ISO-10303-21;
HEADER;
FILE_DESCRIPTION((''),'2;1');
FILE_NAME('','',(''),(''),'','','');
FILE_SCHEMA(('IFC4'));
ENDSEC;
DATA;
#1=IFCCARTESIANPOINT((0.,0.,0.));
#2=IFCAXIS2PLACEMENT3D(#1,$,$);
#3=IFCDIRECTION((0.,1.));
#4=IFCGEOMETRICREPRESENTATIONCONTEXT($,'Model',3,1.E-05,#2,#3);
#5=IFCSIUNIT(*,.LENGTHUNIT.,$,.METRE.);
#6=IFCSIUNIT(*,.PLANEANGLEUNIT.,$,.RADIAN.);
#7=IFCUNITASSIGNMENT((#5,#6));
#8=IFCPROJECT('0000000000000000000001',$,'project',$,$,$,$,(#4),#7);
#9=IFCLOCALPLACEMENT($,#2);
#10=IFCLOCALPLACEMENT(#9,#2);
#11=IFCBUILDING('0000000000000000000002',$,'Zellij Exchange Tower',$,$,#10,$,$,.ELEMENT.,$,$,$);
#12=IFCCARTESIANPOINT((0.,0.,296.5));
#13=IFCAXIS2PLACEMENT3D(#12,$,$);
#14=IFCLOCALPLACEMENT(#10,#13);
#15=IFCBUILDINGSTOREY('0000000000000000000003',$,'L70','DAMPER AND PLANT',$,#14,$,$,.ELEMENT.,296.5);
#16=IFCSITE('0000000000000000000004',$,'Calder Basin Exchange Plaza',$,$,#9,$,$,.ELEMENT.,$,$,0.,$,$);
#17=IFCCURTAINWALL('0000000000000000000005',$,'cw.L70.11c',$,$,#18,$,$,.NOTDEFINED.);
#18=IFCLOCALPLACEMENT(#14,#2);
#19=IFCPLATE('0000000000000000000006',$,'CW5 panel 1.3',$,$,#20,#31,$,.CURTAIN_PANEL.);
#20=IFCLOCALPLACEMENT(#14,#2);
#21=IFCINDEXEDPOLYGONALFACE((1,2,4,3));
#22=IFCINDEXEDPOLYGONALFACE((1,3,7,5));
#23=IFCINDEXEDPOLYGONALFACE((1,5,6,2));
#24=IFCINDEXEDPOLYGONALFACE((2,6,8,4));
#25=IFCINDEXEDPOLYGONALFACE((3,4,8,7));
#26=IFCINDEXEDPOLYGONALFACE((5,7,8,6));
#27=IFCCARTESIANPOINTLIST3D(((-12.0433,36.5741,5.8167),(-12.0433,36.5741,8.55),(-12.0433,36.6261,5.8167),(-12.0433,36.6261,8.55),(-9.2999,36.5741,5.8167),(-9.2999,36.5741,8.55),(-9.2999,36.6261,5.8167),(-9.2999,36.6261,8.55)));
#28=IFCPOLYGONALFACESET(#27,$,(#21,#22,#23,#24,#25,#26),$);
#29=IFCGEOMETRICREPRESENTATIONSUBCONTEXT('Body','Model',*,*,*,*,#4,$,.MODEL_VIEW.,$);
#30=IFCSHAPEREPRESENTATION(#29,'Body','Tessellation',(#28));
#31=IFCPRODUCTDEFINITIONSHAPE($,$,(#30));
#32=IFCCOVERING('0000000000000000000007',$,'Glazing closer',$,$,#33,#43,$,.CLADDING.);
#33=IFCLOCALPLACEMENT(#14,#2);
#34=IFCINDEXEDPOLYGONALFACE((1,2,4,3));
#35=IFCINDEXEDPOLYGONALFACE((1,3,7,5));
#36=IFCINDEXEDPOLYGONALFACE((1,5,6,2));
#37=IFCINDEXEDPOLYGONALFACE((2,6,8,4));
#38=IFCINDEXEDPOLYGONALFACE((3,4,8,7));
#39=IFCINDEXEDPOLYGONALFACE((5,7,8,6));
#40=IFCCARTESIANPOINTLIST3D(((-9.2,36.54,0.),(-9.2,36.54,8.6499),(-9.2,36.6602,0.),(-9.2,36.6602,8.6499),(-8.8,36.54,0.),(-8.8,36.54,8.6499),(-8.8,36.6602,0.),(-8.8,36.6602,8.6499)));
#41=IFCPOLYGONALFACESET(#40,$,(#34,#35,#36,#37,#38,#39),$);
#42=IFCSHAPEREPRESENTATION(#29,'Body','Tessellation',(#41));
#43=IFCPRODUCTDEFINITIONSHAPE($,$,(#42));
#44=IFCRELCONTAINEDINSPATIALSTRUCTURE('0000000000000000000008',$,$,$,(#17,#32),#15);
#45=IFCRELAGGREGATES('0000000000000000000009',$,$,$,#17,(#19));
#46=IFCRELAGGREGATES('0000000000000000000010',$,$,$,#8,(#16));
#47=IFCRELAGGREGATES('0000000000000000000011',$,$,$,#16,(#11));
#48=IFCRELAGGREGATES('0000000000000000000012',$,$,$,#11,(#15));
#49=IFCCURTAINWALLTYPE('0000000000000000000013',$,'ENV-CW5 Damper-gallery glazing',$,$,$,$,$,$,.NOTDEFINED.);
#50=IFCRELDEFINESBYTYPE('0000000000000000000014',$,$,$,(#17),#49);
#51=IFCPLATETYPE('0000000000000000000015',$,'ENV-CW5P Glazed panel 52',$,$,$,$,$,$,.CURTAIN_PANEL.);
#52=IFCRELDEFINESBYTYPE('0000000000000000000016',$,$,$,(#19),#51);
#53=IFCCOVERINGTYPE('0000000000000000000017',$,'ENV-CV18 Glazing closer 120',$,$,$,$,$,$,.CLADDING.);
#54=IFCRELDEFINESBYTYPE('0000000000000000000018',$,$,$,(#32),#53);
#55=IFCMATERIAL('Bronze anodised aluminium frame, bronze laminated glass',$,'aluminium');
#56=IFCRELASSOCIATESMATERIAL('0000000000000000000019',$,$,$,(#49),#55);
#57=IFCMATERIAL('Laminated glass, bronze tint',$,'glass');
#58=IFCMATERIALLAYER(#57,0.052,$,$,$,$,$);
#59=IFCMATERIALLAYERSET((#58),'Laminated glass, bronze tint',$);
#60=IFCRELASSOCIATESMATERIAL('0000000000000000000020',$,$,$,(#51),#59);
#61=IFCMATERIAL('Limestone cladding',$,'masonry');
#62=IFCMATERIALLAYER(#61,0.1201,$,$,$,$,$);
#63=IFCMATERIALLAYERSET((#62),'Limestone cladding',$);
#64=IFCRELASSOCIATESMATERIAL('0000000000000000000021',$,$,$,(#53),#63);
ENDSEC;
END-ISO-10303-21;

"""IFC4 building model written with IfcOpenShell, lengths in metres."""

from ifc_helpers import new_model, si_unit, direction, frame, origin, origin_2d, place, context, subcontext, project, spatial, rectangle, extrude, material, layer, layer_set, type_object, element, aggregate, save


model = new_model("IFC4")

# Units and contexts
model_context = context("Model", 3, precision=1e-05, world=origin(), true_north=direction((0.0, 1.0)))
body_context = subcontext(model_context, "Body", "Model", "MODEL_VIEW")
ifc_project = project(units=[si_unit("LENGTHUNIT", "METRE"), si_unit("PLANEANGLEUNIT", "RADIAN")], contexts=[model_context])

# Site, building, storey
site_placement = place(None, origin())
site = spatial("IfcSite", under=ifc_project, at=site_placement, Name="Calder Basin Exchange Plaza", CompositionType="ELEMENT", RefElevation=0.0)
building_placement = place(site_placement, origin())
building = spatial("IfcBuilding", under=site, at=building_placement, Name="Zellij Exchange Tower", CompositionType="ELEMENT")
storey_placement = place(building_placement, frame((0.0, 0.0, 296.5)))
storey = spatial("IfcBuildingStorey", under=building, at=storey_placement, Name="L70", Description="DAMPER AND PLANT", CompositionType="ELEMENT", Elevation=296.5)

# Curtain wall
ifc_material_1 = material(Name="Bronze anodised aluminium frame, bronze laminated glass", Category="aluminium")
curtain_wall_type = type_object("IfcCurtainWallType", Name="ENV-CW5 Damper-gallery glazing", PredefinedType="NOTDEFINED", material=ifc_material_1)
curtain_wall_placement = place(storey_placement, origin())
curtain_wall = element("IfcCurtainWall", 1, at=curtain_wall_placement, inside=storey, type_object=curtain_wall_type, Name="cw.L70.11c", PredefinedType="NOTDEFINED")

# Plate
ifc_material_2 = material(Name="Laminated glass, bronze tint", Category="glass")
ifc_layer_1 = layer(ifc_material_2, 0.052)
ifc_layer_set_1 = layer_set([ifc_layer_1], Name="Laminated glass, bronze tint")
plate_type = type_object("IfcPlateType", Name="ENV-CW5P Glazed panel 52", PredefinedType="CURTAIN_PANEL", material=ifc_layer_set_1)
plate_1_placement = place(storey_placement, frame((-10.6716, 36.6001, 5.8167), z_axis=(0.0, 0.0, 1.0), x_axis=(-1.0, 0.0, 0.0)))
plate_1 = element("IfcPlate", 2, at=plate_1_placement, type_object=plate_type, Name="CW5 panel 1.3", PredefinedType="CURTAIN_PANEL", context=body_context, shape_type="SweptSolid", body=[
    extrude(rectangle(XDim=2.7434, YDim=0.052, at=origin_2d()), origin(), (0.0, 0.0, 1.0), 2.7334),
])
aggregate(curtain_wall, [plate_1])

# Covering
ifc_material_3 = material(Name="Limestone cladding", Category="masonry")
ifc_layer_2 = layer(ifc_material_3, 0.1201)
ifc_layer_set_2 = layer_set([ifc_layer_2], Name="Limestone cladding")
covering_type = type_object("IfcCoveringType", Name="ENV-CV18 Glazing closer 120", PredefinedType="CLADDING", material=ifc_layer_set_2)
covering_placement = place(storey_placement, frame((-9.0, 36.6001, 0.0), z_axis=(0.0, 0.0, 1.0), x_axis=(-1.0, 0.0, 0.0)))
element("IfcCovering", 3, at=covering_placement, inside=storey, type_object=covering_type, Name="Glazing closer", PredefinedType="CLADDING", context=body_context, shape_type="SweptSolid", body=[
    extrude(rectangle(XDim=0.3999, YDim=0.1201, at=origin_2d()), origin(), (0.0, 0.0, 1.0), 8.6499),
])

save(model, "model.ifc")
